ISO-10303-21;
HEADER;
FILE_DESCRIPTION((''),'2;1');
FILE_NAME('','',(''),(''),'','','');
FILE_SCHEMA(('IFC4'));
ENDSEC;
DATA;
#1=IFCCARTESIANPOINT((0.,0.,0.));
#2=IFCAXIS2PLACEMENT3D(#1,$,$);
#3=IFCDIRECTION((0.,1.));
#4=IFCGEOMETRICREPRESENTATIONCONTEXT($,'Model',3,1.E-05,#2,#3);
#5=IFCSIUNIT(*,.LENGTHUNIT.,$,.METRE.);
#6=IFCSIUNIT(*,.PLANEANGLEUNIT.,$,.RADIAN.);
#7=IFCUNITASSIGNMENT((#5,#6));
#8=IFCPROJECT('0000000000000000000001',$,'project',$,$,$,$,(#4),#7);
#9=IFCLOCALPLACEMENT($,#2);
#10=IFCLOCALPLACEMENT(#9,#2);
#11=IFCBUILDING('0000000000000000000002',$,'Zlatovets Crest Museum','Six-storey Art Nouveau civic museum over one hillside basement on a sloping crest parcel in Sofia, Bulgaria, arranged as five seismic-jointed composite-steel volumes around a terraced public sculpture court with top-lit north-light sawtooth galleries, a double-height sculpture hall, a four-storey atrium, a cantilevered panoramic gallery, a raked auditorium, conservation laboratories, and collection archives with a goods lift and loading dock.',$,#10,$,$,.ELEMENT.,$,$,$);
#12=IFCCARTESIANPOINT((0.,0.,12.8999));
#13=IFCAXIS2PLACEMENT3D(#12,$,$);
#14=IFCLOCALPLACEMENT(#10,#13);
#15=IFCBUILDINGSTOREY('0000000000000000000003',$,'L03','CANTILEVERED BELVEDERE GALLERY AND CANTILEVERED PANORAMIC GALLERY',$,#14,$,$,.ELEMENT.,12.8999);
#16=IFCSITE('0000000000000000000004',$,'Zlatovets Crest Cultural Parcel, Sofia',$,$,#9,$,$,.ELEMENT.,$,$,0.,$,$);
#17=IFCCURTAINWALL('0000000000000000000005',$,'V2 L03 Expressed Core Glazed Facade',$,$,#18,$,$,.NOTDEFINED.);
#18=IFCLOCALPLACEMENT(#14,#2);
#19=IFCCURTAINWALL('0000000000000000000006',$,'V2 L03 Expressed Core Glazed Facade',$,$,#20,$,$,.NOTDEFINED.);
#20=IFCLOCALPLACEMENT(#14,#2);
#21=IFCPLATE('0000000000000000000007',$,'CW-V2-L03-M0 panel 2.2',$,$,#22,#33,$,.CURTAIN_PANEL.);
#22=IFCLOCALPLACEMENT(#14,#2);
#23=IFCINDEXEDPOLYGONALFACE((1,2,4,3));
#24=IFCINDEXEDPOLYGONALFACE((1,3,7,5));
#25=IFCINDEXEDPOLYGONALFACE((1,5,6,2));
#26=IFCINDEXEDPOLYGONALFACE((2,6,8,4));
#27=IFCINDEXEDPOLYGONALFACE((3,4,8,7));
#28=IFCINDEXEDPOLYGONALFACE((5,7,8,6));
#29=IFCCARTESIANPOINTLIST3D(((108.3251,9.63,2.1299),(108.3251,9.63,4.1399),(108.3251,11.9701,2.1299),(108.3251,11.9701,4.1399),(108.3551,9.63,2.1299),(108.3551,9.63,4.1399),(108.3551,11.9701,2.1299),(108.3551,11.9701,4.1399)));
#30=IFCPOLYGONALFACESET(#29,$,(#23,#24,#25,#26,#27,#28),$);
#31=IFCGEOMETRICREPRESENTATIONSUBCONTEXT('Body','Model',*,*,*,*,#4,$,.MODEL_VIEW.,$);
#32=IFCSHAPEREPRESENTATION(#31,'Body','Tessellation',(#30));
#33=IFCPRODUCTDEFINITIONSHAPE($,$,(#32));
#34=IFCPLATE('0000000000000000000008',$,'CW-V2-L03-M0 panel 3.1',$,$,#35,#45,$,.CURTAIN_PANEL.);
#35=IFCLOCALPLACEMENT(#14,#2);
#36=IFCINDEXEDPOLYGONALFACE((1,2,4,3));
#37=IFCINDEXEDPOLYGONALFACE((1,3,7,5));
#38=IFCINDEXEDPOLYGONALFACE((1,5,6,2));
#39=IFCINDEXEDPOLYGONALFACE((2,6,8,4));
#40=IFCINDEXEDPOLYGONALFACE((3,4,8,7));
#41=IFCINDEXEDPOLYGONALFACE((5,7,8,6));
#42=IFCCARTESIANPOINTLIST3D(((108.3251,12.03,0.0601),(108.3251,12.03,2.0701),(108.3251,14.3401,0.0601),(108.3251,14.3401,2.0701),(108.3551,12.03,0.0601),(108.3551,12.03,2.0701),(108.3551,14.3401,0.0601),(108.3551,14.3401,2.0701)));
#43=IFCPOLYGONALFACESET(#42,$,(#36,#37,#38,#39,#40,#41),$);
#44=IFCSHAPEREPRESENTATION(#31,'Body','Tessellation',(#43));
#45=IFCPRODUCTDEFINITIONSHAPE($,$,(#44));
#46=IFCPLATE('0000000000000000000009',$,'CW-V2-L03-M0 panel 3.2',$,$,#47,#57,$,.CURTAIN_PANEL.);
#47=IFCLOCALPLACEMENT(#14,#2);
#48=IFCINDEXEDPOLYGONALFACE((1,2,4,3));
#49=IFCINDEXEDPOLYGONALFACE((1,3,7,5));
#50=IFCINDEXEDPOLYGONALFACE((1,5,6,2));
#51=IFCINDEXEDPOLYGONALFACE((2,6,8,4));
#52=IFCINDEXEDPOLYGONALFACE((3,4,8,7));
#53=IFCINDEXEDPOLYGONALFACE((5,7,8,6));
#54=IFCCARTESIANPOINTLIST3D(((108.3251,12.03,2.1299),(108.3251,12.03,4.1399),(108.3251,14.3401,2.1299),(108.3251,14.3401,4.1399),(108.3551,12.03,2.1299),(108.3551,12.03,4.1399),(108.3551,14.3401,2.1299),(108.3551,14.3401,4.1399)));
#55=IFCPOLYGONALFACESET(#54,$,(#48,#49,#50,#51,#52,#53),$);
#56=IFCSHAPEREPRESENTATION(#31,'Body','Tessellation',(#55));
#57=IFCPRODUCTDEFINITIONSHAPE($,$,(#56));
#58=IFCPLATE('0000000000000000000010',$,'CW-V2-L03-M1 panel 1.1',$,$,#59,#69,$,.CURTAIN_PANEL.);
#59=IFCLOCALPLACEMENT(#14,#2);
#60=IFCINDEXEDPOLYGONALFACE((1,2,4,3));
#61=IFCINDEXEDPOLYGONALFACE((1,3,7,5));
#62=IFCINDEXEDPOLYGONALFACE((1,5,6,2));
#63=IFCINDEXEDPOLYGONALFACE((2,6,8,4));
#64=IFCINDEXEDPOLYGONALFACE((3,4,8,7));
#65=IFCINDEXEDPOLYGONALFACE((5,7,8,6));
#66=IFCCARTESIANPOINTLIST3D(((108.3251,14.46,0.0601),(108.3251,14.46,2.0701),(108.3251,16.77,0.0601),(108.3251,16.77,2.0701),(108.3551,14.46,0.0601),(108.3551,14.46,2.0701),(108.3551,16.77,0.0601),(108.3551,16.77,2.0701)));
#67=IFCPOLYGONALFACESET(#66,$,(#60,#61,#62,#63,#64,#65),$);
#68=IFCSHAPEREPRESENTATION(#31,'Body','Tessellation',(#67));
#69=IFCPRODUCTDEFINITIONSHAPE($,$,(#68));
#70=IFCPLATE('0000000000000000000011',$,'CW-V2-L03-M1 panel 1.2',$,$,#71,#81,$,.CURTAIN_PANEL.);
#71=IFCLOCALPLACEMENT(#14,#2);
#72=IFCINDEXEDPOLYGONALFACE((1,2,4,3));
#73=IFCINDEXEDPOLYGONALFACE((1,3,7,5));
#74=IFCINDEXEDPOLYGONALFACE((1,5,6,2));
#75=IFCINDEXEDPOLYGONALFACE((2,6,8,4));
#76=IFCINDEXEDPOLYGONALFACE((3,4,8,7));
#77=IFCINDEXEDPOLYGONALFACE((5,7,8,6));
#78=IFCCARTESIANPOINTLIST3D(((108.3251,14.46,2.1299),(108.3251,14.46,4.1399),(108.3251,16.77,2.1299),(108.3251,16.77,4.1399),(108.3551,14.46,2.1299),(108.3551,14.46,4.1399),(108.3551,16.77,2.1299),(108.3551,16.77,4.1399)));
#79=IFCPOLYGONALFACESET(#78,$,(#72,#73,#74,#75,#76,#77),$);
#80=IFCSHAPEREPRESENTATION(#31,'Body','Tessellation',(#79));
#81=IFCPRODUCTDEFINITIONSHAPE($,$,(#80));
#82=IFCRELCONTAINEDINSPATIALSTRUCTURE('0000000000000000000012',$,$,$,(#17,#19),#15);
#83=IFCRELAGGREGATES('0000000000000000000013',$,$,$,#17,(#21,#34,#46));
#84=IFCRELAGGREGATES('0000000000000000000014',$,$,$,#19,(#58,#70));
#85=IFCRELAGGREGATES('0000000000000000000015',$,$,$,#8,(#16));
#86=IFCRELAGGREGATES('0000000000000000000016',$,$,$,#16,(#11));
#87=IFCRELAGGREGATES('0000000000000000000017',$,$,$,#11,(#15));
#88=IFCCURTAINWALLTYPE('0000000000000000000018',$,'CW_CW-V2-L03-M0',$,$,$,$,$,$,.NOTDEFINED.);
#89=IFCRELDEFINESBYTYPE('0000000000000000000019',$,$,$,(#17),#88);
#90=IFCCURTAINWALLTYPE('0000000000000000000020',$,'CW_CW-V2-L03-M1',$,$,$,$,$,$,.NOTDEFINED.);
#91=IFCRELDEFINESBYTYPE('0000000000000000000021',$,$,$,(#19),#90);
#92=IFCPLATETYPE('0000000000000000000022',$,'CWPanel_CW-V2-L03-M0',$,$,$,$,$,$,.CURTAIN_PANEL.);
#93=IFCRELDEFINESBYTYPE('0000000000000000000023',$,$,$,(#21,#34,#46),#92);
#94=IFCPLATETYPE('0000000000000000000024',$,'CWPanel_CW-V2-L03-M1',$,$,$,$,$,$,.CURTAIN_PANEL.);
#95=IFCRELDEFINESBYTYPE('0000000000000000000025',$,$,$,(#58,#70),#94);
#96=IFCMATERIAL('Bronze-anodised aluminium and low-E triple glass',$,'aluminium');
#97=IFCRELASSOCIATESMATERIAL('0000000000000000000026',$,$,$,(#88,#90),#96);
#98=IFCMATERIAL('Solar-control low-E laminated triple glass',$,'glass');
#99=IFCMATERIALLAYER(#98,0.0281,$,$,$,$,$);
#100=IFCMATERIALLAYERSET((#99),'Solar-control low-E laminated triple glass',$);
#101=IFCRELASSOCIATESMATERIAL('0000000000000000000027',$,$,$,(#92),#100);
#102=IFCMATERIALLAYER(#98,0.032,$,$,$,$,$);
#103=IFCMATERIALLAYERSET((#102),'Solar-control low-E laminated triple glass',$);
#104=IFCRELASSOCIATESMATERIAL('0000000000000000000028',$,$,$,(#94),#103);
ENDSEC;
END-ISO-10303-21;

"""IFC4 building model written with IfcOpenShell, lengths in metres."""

from ifc_helpers import new_model, si_unit, direction, frame, origin, origin_2d, place, context, subcontext, project, spatial, rectangle, extrude, material, layer, layer_set, type_object, element, aggregate, save


model = new_model("IFC4")

# Units and contexts
model_context = context("Model", 3, precision=1e-05, world=origin(), true_north=direction((0.0, 1.0)))
body_context = subcontext(model_context, "Body", "Model", "MODEL_VIEW")
ifc_project = project(units=[si_unit("LENGTHUNIT", "METRE"), si_unit("PLANEANGLEUNIT", "RADIAN")], contexts=[model_context])

# Site, building, storey
site_placement = place(None, origin())
site = spatial("IfcSite", under=ifc_project, at=site_placement, Name="Zlatovets Crest Cultural Parcel, Sofia", CompositionType="ELEMENT", RefElevation=0.0)
building_placement = place(site_placement, origin())
building = spatial("IfcBuilding", under=site, at=building_placement, Name="Zlatovets Crest Museum", Description="Six-storey Art Nouveau civic museum over one hillside basement on a sloping crest parcel in Sofia, Bulgaria, arranged as five seismic-jointed composite-steel volumes around a terraced public sculpture court with top-lit north-light sawtooth galleries, a double-height sculpture hall, a four-storey atrium, a cantilevered panoramic gallery, a raked auditorium, conservation laboratories, and collection archives with a goods lift and loading dock.", CompositionType="ELEMENT")
storey_placement = place(building_placement, frame((0.0, 0.0, 12.8999)))
storey = spatial("IfcBuildingStorey", under=building, at=storey_placement, Name="L03", Description="CANTILEVERED BELVEDERE GALLERY AND CANTILEVERED PANORAMIC GALLERY", CompositionType="ELEMENT", Elevation=12.8999)

# Curtain walls
ifc_material_1 = material(Name="Bronze-anodised aluminium and low-E triple glass", Category="aluminium")
curtain_wall_type_1 = type_object("IfcCurtainWallType", Name="CW_CW-V2-L03-M0", PredefinedType="NOTDEFINED", material=ifc_material_1)
curtain_wall_1_placement = place(storey_placement, origin())
curtain_wall_1 = element("IfcCurtainWall", 1, at=curtain_wall_1_placement, inside=storey, type_object=curtain_wall_type_1, Name="V2 L03 Expressed Core Glazed Facade", PredefinedType="NOTDEFINED")
curtain_wall_type_2 = type_object("IfcCurtainWallType", Name="CW_CW-V2-L03-M1", PredefinedType="NOTDEFINED", material=ifc_material_1)
curtain_wall_2_placement = place(storey_placement, origin())
curtain_wall_2 = element("IfcCurtainWall", 2, at=curtain_wall_2_placement, inside=storey, type_object=curtain_wall_type_2, Name="V2 L03 Expressed Core Glazed Facade", PredefinedType="NOTDEFINED")

# Plates
ifc_material_2 = material(Name="Solar-control low-E laminated triple glass", Category="glass")
ifc_layer_1 = layer(ifc_material_2, 0.0281)
ifc_layer_set_1 = layer_set([ifc_layer_1], Name="Solar-control low-E laminated triple glass")
plate_type_1 = type_object("IfcPlateType", Name="CWPanel_CW-V2-L03-M0", PredefinedType="CURTAIN_PANEL", material=ifc_layer_set_1)
plate_1_placement = place(storey_placement, frame((108.3401, 10.8, 2.1299), z_axis=(0.0, 0.0, 1.0), x_axis=(0.0, 1.0, 0.0)))
plate_1 = element("IfcPlate", 3, at=plate_1_placement, type_object=plate_type_1, Name="CW-V2-L03-M0 panel 2.2", PredefinedType="CURTAIN_PANEL", context=body_context, shape_type="SweptSolid", body=[
    extrude(rectangle(XDim=2.3401, YDim=0.03, at=origin_2d()), origin(), (0.0, 0.0, 1.0), 2.01),
])
plate_2_placement = place(storey_placement, frame((108.3401, 13.1851, 0.0601), z_axis=(0.0, 0.0, 1.0), x_axis=(0.0, 1.0, 0.0)))
plate_2 = element("IfcPlate", 4, at=plate_2_placement, type_object=plate_type_1, Name="CW-V2-L03-M0 panel 3.1", PredefinedType="CURTAIN_PANEL", context=body_context, shape_type="SweptSolid", body=[
    extrude(rectangle(XDim=2.3101, YDim=0.03, at=origin_2d()), origin(), (0.0, 0.0, 1.0), 2.01),
])
plate_3_placement = place(storey_placement, frame((108.3401, 13.1851, 2.1299), z_axis=(0.0, 0.0, 1.0), x_axis=(0.0, 1.0, 0.0)))
plate_3 = element("IfcPlate", 5, at=plate_3_placement, type_object=plate_type_1, Name="CW-V2-L03-M0 panel 3.2", PredefinedType="CURTAIN_PANEL", context=body_context, shape_type="SweptSolid", body=[
    extrude(rectangle(XDim=2.3101, YDim=0.03, at=origin_2d()), origin(), (0.0, 0.0, 1.0), 2.01),
])
aggregate(curtain_wall_1, [plate_1, plate_2, plate_3])
ifc_layer_2 = layer(ifc_material_2, 0.032)
ifc_layer_set_2 = layer_set([ifc_layer_2], Name="Solar-control low-E laminated triple glass")
plate_type_2 = type_object("IfcPlateType", Name="CWPanel_CW-V2-L03-M1", PredefinedType="CURTAIN_PANEL", material=ifc_layer_set_2)
plate_4_placement = place(storey_placement, frame((108.3401, 15.615, 0.0601), z_axis=(0.0, 0.0, 1.0), x_axis=(0.0, 1.0, 0.0)))
plate_4 = element("IfcPlate", 6, at=plate_4_placement, type_object=plate_type_2, Name="CW-V2-L03-M1 panel 1.1", PredefinedType="CURTAIN_PANEL", context=body_context, shape_type="SweptSolid", body=[
    extrude(rectangle(XDim=2.3101, YDim=0.03, at=origin_2d()), origin(), (0.0, 0.0, 1.0), 2.01),
])
plate_5_placement = place(storey_placement, frame((108.3401, 15.615, 2.1299), z_axis=(0.0, 0.0, 1.0), x_axis=(0.0, 1.0, 0.0)))
plate_5 = element("IfcPlate", 7, at=plate_5_placement, type_object=plate_type_2, Name="CW-V2-L03-M1 panel 1.2", PredefinedType="CURTAIN_PANEL", context=body_context, shape_type="SweptSolid", body=[
    extrude(rectangle(XDim=2.3101, YDim=0.03, at=origin_2d()), origin(), (0.0, 0.0, 1.0), 2.01),
])
aggregate(curtain_wall_2, [plate_4, plate_5])

save(model, "model.ifc")
